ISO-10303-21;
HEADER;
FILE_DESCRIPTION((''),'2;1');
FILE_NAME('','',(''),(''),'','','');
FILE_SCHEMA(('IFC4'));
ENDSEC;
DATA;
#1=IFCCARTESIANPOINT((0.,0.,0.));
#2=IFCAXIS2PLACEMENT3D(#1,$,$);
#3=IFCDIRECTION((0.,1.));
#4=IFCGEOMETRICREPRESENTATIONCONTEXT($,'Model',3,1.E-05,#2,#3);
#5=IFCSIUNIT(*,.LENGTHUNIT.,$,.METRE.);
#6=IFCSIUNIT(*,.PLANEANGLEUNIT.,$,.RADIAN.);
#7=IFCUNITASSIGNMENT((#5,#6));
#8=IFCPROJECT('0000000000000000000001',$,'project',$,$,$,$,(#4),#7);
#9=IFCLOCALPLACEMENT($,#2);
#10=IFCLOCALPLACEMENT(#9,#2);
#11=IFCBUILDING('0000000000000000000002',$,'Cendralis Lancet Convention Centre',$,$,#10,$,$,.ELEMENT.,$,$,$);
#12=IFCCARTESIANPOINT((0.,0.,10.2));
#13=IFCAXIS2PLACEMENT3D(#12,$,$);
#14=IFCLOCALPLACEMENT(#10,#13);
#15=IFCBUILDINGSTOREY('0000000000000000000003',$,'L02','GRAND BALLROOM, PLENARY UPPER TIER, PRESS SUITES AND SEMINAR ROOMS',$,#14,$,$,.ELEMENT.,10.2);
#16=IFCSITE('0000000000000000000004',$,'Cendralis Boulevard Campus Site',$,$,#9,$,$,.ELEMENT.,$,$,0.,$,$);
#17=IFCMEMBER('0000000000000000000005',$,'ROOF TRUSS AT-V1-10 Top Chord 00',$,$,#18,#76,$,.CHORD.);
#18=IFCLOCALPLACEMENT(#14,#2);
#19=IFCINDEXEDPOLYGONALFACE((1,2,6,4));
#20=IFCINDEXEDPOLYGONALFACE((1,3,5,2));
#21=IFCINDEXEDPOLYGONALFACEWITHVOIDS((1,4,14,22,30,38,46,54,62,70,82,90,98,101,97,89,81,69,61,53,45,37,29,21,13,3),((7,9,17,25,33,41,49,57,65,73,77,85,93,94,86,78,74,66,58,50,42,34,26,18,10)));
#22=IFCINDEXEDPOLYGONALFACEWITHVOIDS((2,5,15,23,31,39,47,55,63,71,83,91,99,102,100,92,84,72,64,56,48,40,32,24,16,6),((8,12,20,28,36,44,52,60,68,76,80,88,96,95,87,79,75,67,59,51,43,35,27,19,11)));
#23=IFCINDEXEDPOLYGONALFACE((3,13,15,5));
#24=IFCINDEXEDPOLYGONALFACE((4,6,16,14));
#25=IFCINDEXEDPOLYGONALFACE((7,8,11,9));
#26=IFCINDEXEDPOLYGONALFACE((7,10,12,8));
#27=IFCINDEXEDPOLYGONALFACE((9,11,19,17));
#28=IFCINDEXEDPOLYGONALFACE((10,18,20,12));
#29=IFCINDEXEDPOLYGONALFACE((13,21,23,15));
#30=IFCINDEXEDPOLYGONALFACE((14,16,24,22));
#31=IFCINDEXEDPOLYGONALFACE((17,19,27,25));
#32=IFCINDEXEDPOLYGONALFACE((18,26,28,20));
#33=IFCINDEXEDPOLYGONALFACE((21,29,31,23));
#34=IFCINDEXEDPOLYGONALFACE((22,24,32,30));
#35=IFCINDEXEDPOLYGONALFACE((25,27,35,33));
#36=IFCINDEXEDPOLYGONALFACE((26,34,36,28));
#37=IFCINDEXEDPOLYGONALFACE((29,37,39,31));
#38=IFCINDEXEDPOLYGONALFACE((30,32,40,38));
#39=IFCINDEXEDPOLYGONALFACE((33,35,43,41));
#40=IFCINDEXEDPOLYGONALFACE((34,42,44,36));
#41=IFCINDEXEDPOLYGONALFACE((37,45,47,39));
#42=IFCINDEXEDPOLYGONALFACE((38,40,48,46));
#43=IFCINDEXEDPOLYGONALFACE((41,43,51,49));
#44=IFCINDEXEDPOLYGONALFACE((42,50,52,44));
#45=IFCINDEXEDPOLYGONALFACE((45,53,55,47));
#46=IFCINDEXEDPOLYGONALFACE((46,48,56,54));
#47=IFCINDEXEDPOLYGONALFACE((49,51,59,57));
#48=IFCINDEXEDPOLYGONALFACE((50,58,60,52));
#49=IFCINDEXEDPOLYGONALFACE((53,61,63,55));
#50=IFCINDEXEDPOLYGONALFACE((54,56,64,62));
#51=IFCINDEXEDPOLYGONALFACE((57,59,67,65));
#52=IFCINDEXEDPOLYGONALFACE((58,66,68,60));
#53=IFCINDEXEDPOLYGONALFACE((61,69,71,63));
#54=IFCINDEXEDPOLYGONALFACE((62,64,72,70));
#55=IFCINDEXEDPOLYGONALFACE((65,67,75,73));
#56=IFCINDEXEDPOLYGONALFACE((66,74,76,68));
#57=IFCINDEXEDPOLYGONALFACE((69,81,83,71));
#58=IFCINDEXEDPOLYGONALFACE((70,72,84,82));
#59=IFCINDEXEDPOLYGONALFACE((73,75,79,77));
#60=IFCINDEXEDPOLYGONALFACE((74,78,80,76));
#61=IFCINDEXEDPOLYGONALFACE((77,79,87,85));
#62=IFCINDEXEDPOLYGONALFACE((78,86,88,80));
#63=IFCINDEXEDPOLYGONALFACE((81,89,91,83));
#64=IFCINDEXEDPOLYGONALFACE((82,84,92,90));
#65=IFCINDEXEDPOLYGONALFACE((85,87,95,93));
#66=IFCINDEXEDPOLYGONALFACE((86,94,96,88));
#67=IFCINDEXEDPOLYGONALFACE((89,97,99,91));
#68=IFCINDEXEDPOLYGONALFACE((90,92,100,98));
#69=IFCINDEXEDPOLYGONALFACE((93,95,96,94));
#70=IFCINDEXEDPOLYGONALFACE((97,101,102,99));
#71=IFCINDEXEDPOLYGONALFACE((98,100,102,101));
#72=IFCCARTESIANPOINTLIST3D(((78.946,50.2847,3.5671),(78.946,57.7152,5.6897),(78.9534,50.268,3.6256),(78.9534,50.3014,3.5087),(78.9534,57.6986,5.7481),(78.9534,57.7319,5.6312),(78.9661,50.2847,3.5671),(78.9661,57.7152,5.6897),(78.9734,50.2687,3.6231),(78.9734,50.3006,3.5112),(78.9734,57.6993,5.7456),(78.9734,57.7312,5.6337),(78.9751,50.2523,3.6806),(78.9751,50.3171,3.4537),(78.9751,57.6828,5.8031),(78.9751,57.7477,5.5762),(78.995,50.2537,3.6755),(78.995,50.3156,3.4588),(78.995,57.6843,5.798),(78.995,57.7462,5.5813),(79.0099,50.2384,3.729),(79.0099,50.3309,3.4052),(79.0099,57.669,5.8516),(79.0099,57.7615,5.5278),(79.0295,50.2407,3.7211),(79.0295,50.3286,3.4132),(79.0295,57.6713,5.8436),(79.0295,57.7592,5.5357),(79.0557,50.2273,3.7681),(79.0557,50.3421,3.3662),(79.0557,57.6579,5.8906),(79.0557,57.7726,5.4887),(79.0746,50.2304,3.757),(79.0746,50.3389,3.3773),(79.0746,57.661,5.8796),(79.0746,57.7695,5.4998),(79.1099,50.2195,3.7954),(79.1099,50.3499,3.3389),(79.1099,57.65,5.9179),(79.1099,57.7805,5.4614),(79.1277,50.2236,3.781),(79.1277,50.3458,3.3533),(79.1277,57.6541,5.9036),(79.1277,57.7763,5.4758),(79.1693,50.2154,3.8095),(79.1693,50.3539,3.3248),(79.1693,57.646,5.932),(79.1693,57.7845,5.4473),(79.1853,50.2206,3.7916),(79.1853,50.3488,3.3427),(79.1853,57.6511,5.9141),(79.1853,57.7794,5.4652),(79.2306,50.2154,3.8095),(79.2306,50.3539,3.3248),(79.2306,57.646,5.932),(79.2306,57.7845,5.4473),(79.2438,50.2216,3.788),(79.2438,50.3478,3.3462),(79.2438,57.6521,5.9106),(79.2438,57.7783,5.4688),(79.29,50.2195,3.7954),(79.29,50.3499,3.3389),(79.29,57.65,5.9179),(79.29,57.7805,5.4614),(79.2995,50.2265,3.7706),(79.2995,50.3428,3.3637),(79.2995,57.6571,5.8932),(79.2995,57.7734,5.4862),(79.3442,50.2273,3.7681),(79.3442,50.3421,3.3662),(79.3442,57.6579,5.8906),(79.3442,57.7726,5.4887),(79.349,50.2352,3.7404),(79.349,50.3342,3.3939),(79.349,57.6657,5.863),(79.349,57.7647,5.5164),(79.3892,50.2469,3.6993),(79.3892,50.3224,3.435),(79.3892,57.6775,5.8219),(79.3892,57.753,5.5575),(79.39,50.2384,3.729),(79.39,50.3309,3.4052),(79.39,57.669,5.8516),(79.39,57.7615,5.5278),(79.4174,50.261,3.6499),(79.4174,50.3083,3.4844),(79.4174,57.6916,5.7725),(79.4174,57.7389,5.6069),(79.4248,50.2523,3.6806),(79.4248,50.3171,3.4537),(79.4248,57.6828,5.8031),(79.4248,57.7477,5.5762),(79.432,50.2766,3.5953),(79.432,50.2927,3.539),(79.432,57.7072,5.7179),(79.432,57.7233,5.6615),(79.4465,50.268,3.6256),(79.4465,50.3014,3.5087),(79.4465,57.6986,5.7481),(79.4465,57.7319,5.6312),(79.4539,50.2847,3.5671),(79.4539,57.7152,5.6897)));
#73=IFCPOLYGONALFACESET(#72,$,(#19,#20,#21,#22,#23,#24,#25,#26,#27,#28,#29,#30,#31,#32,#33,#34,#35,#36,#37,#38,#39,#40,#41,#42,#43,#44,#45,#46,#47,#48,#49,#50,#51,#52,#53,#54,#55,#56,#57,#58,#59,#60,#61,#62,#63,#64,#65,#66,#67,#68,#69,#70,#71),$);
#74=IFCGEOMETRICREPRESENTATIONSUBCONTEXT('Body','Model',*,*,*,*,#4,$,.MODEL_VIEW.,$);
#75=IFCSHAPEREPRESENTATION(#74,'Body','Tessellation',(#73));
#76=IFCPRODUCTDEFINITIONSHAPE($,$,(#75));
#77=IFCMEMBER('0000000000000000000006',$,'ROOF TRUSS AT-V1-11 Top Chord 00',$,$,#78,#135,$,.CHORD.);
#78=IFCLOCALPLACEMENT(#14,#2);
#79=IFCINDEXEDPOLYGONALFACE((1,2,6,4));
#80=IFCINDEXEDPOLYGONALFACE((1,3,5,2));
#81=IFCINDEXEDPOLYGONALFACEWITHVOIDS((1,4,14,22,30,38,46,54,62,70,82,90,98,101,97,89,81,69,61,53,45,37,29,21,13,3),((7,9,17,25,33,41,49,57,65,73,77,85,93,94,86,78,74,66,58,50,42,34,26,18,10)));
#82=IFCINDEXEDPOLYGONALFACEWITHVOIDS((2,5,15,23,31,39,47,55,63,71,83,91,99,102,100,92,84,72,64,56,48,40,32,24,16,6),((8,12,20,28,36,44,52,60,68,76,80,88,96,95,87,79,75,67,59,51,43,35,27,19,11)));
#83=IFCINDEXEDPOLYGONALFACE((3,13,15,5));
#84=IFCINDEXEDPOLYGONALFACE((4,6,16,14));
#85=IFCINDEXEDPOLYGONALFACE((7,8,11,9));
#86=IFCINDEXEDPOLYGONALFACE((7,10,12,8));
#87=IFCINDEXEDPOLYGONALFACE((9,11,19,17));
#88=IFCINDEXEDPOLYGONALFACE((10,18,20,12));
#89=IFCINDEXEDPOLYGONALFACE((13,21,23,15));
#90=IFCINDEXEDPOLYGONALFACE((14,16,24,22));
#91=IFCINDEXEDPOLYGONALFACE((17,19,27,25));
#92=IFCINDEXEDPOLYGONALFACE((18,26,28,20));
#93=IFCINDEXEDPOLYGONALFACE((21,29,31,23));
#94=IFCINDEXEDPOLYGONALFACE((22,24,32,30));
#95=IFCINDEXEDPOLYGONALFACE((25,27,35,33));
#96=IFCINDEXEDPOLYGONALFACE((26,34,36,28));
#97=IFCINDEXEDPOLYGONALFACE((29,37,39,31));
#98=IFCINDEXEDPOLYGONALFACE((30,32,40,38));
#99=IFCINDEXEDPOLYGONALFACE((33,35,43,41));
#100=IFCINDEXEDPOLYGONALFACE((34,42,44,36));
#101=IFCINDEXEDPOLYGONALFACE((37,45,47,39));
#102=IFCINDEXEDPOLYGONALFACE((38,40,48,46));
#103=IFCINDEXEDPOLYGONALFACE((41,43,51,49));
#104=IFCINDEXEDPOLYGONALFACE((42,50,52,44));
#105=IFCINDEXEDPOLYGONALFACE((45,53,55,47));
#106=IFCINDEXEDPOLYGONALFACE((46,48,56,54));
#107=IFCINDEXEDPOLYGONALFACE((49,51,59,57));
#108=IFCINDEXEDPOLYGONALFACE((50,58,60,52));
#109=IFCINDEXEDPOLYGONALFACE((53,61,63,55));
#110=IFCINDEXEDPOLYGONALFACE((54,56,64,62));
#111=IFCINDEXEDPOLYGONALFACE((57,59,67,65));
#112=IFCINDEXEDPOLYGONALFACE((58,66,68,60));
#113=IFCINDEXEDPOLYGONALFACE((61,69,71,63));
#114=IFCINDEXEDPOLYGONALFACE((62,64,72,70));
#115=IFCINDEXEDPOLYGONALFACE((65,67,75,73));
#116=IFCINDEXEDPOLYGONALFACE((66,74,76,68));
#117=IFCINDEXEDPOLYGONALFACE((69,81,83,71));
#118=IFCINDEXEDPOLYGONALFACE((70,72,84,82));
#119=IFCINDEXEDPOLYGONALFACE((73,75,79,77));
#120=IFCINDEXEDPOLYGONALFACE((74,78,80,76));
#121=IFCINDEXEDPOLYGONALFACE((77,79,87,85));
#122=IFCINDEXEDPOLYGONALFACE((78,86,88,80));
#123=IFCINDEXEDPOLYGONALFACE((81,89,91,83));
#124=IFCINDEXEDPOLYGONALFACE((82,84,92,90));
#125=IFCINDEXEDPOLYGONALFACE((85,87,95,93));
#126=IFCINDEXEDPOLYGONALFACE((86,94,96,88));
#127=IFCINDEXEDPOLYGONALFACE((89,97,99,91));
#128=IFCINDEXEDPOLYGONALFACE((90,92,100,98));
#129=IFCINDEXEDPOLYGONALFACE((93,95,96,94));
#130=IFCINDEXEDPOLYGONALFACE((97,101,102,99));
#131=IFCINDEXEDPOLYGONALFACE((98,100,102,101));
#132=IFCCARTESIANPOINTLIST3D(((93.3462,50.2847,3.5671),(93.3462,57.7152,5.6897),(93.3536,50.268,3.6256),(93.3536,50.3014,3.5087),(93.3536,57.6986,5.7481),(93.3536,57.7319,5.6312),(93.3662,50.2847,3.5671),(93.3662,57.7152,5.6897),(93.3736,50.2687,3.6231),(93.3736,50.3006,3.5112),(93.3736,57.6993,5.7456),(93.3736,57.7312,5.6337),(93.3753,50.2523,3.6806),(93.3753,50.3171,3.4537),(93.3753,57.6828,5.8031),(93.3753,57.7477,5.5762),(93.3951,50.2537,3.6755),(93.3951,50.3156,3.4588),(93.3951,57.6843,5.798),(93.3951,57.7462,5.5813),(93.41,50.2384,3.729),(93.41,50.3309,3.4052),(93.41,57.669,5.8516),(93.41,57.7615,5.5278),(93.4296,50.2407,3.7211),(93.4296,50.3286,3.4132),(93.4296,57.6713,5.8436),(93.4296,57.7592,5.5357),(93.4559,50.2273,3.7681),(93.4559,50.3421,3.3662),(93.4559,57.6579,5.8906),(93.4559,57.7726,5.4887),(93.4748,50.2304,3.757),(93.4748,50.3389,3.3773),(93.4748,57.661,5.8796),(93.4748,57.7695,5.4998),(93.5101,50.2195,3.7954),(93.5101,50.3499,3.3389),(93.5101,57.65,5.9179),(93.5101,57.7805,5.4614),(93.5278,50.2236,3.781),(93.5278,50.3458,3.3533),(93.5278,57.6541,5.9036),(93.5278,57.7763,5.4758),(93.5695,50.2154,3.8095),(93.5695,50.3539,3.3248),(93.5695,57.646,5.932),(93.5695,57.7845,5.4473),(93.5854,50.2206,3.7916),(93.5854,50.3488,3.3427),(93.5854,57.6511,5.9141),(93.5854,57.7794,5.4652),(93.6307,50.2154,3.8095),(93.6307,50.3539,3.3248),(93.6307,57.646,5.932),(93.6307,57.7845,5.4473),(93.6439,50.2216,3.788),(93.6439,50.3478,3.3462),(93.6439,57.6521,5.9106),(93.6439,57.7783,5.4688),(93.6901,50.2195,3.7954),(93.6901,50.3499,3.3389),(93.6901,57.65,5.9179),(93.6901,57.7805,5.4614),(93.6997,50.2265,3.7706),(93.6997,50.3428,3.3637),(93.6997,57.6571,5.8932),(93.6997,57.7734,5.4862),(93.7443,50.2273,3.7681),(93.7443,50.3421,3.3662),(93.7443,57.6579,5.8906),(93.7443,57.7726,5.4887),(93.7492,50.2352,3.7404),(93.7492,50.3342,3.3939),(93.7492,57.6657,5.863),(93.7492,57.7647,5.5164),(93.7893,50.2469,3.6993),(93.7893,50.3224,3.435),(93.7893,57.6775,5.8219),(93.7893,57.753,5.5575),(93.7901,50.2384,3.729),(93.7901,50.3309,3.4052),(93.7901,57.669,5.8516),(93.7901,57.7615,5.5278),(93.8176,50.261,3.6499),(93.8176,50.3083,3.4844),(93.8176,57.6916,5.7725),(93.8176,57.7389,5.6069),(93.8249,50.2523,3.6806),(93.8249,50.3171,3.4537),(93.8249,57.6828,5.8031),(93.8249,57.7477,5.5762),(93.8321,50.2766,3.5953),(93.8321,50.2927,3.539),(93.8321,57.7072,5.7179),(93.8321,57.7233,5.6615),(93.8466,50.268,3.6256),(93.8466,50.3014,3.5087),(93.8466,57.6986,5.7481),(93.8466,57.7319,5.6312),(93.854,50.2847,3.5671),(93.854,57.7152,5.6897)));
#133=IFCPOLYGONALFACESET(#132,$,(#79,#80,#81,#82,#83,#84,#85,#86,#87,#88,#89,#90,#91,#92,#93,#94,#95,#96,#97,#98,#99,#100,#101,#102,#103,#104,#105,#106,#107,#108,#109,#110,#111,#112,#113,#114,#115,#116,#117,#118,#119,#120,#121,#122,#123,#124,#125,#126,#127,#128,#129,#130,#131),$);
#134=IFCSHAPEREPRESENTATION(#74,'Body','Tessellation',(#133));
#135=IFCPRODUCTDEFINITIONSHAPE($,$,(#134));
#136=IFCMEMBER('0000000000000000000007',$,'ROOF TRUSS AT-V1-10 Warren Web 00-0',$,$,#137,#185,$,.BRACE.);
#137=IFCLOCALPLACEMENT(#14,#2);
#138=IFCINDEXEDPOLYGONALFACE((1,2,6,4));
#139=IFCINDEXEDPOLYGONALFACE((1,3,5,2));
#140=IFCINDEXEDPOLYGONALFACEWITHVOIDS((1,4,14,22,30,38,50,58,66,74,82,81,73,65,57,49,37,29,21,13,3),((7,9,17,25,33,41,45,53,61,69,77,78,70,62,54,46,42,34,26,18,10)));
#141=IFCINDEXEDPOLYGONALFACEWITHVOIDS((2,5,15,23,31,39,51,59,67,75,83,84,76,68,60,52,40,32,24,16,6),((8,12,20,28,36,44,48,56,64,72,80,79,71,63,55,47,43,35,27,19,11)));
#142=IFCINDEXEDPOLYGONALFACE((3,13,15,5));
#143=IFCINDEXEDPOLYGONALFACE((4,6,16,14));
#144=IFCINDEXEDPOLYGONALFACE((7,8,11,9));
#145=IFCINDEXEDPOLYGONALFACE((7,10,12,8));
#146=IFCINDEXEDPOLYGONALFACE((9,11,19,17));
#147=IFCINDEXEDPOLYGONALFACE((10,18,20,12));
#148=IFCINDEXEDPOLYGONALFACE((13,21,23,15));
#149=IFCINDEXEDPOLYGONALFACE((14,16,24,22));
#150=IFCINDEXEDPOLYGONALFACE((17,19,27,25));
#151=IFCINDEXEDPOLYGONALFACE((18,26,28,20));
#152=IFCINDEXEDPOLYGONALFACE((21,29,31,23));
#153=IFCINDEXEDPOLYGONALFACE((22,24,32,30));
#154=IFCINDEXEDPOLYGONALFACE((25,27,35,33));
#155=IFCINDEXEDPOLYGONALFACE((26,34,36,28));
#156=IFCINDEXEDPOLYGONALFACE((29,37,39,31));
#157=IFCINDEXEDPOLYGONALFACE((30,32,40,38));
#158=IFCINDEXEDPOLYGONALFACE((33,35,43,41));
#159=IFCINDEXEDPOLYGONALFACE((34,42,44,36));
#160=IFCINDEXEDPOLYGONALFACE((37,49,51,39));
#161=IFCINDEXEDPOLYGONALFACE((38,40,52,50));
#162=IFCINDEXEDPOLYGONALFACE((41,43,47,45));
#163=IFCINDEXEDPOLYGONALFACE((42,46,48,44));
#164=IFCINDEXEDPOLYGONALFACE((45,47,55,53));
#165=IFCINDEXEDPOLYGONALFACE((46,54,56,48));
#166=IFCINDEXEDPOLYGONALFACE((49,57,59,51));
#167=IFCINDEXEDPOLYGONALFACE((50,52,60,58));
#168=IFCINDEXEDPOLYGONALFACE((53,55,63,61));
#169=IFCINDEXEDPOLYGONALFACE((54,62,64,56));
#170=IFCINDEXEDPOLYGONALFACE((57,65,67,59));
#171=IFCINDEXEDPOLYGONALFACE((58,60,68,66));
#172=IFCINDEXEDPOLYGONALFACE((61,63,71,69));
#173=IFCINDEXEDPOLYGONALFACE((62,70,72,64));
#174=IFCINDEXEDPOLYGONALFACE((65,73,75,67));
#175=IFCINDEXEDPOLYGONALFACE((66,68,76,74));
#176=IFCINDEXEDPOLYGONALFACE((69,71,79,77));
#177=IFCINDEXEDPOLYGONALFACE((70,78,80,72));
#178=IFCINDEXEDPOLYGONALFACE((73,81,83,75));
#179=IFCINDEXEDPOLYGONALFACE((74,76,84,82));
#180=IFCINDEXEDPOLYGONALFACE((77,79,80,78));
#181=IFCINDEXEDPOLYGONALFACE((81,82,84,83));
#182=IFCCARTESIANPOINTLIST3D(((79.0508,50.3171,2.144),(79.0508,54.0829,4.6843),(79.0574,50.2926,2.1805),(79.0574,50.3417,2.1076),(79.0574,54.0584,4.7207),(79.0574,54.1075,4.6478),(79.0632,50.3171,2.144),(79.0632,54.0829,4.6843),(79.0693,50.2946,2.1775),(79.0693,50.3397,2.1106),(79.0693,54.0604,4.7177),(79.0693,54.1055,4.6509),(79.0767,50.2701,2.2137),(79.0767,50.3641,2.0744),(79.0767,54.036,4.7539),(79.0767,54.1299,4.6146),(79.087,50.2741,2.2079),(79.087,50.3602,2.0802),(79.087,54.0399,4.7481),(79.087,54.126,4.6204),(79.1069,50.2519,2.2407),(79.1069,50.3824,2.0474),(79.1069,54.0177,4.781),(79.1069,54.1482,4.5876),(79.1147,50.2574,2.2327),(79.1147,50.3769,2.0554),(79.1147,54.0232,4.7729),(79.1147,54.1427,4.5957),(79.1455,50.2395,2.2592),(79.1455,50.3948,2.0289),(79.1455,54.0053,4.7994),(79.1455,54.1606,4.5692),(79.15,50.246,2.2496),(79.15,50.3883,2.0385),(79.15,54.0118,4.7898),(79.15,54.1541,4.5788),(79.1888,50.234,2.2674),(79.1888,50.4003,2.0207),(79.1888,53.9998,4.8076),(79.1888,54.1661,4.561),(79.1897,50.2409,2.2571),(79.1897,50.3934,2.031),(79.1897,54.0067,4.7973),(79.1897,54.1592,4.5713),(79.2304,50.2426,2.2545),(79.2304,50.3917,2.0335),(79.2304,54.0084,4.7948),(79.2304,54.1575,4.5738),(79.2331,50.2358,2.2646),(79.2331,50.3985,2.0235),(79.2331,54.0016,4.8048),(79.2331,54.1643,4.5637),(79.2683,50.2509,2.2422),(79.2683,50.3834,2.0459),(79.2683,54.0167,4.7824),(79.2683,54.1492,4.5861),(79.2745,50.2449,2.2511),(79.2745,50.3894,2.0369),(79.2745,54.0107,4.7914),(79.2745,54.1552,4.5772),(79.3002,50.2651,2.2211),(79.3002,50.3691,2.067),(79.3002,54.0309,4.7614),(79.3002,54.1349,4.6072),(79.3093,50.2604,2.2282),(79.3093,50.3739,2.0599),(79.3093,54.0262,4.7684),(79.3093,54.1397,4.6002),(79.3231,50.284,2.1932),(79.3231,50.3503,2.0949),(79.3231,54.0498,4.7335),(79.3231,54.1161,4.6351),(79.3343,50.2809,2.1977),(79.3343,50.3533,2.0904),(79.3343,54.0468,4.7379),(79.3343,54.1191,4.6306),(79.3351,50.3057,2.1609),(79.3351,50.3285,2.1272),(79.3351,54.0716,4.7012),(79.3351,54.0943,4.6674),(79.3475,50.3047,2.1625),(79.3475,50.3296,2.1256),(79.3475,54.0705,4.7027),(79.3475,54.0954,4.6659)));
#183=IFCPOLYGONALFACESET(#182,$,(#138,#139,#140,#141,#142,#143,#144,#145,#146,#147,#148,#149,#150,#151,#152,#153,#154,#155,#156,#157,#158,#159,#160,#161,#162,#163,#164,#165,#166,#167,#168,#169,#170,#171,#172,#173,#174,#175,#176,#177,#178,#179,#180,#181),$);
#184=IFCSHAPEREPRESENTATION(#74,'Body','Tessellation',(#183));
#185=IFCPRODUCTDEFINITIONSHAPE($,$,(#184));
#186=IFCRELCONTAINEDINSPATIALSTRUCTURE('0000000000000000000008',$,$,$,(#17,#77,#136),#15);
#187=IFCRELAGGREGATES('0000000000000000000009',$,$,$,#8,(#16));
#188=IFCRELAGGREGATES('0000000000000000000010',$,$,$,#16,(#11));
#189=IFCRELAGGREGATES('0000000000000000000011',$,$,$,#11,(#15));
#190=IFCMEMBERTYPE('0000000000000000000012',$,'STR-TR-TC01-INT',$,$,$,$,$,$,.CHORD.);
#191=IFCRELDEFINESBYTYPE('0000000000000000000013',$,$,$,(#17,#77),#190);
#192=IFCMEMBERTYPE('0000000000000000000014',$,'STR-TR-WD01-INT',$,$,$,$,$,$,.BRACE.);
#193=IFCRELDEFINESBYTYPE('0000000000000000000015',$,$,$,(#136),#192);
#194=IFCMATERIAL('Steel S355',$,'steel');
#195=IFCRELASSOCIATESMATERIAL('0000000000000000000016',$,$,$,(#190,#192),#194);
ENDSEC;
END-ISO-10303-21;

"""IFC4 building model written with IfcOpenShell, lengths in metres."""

from ifc_helpers import new_model, si_unit, direction, frame, origin, origin_2d, place, context, subcontext, project, spatial, hollow_circle, extrude, material, material_profile, profile_set, type_object, element, save


model = new_model("IFC4")

# Units and contexts
model_context = context("Model", 3, precision=1e-05, world=origin(), true_north=direction((0.0, 1.0)))
body_context = subcontext(model_context, "Body", "Model", "MODEL_VIEW")
ifc_project = project(units=[si_unit("LENGTHUNIT", "METRE"), si_unit("PLANEANGLEUNIT", "RADIAN")], contexts=[model_context])

# Site, building, storey
site_placement = place(None, origin())
site = spatial("IfcSite", under=ifc_project, at=site_placement, Name="Cendralis Boulevard Campus Site", CompositionType="ELEMENT", RefElevation=0.0)
building_placement = place(site_placement, origin())
building = spatial("IfcBuilding", under=site, at=building_placement, Name="Cendralis Lancet Convention Centre", CompositionType="ELEMENT")
storey_placement = place(building_placement, frame((0.0, 0.0, 10.2)))
storey = spatial("IfcBuildingStorey", under=building, at=storey_placement, Name="L02", Description="GRAND BALLROOM, PLENARY UPPER TIER, PRESS SUITES AND SEMINAR ROOMS", CompositionType="ELEMENT", Elevation=10.2)

# Shared definitions
ifc_material_1 = material(Name="Steel S355", Category="steel")

# Members
ifc_material_profile_1 = material_profile(ifc_material_1, hollow_circle(Radius=0.2539, WallThickness=0.02, at=origin_2d()), Name="CHS 508.0x20.0")
ifc_profile_set_1 = profile_set([ifc_material_profile_1], Name="Steel S355")
member_type_1 = type_object("IfcMemberType", Name="STR-TR-TC01-INT", PredefinedType="CHORD", material=ifc_profile_set_1)
for number, where, z_axis, x_axis, name in (
    (1, (79.2, 50.2847, 3.5671), (0.0, 0.961541, 0.274663), (-1.0, 0.0, 0.0), "ROOF TRUSS AT-V1-10 Top Chord 00"),
    (2, (93.6001, 50.2847, 3.5671), (0.0, 0.961541, 0.274663), (-1.0, 0.0, 0.0), "ROOF TRUSS AT-V1-11 Top Chord 00"),
):
    element("IfcMember", number, at=place(storey_placement, frame(where, z_axis=z_axis, x_axis=x_axis)), inside=storey, type_object=member_type_1, Name=name, PredefinedType="CHORD", context=body_context, shape_type="SweptSolid", body=[
        extrude(hollow_circle(Radius=0.2539, WallThickness=0.02, at=origin_2d()), origin(), (0.0, 0.0, 1.0), 7.7278),
    ])
ifc_material_profile_2 = material_profile(ifc_material_1, hollow_circle(Radius=0.1492, WallThickness=0.0125, at=origin_2d()), Name="CHS 298.5x12.5")
ifc_profile_set_2 = profile_set([ifc_material_profile_2], Name="Steel S355")
member_type_2 = type_object("IfcMemberType", Name="STR-TR-WD01-INT", PredefinedType="BRACE", material=ifc_profile_set_2)
member_1_placement = place(storey_placement, frame((79.2, 50.3171, 2.144), z_axis=(0.0, 0.82902, 0.559219), x_axis=(-1.0, 0.0, 0.0)))
element("IfcMember", 3, at=member_1_placement, inside=storey, type_object=member_type_2, Name="ROOF TRUSS AT-V1-10 Warren Web 00-0", PredefinedType="BRACE", context=body_context, shape_type="SweptSolid", body=[
    extrude(hollow_circle(Radius=0.1492, WallThickness=0.0125, at=origin_2d()), origin(), (0.0, 0.0, 1.0), 4.5425),
])

save(model, "model.ifc")
